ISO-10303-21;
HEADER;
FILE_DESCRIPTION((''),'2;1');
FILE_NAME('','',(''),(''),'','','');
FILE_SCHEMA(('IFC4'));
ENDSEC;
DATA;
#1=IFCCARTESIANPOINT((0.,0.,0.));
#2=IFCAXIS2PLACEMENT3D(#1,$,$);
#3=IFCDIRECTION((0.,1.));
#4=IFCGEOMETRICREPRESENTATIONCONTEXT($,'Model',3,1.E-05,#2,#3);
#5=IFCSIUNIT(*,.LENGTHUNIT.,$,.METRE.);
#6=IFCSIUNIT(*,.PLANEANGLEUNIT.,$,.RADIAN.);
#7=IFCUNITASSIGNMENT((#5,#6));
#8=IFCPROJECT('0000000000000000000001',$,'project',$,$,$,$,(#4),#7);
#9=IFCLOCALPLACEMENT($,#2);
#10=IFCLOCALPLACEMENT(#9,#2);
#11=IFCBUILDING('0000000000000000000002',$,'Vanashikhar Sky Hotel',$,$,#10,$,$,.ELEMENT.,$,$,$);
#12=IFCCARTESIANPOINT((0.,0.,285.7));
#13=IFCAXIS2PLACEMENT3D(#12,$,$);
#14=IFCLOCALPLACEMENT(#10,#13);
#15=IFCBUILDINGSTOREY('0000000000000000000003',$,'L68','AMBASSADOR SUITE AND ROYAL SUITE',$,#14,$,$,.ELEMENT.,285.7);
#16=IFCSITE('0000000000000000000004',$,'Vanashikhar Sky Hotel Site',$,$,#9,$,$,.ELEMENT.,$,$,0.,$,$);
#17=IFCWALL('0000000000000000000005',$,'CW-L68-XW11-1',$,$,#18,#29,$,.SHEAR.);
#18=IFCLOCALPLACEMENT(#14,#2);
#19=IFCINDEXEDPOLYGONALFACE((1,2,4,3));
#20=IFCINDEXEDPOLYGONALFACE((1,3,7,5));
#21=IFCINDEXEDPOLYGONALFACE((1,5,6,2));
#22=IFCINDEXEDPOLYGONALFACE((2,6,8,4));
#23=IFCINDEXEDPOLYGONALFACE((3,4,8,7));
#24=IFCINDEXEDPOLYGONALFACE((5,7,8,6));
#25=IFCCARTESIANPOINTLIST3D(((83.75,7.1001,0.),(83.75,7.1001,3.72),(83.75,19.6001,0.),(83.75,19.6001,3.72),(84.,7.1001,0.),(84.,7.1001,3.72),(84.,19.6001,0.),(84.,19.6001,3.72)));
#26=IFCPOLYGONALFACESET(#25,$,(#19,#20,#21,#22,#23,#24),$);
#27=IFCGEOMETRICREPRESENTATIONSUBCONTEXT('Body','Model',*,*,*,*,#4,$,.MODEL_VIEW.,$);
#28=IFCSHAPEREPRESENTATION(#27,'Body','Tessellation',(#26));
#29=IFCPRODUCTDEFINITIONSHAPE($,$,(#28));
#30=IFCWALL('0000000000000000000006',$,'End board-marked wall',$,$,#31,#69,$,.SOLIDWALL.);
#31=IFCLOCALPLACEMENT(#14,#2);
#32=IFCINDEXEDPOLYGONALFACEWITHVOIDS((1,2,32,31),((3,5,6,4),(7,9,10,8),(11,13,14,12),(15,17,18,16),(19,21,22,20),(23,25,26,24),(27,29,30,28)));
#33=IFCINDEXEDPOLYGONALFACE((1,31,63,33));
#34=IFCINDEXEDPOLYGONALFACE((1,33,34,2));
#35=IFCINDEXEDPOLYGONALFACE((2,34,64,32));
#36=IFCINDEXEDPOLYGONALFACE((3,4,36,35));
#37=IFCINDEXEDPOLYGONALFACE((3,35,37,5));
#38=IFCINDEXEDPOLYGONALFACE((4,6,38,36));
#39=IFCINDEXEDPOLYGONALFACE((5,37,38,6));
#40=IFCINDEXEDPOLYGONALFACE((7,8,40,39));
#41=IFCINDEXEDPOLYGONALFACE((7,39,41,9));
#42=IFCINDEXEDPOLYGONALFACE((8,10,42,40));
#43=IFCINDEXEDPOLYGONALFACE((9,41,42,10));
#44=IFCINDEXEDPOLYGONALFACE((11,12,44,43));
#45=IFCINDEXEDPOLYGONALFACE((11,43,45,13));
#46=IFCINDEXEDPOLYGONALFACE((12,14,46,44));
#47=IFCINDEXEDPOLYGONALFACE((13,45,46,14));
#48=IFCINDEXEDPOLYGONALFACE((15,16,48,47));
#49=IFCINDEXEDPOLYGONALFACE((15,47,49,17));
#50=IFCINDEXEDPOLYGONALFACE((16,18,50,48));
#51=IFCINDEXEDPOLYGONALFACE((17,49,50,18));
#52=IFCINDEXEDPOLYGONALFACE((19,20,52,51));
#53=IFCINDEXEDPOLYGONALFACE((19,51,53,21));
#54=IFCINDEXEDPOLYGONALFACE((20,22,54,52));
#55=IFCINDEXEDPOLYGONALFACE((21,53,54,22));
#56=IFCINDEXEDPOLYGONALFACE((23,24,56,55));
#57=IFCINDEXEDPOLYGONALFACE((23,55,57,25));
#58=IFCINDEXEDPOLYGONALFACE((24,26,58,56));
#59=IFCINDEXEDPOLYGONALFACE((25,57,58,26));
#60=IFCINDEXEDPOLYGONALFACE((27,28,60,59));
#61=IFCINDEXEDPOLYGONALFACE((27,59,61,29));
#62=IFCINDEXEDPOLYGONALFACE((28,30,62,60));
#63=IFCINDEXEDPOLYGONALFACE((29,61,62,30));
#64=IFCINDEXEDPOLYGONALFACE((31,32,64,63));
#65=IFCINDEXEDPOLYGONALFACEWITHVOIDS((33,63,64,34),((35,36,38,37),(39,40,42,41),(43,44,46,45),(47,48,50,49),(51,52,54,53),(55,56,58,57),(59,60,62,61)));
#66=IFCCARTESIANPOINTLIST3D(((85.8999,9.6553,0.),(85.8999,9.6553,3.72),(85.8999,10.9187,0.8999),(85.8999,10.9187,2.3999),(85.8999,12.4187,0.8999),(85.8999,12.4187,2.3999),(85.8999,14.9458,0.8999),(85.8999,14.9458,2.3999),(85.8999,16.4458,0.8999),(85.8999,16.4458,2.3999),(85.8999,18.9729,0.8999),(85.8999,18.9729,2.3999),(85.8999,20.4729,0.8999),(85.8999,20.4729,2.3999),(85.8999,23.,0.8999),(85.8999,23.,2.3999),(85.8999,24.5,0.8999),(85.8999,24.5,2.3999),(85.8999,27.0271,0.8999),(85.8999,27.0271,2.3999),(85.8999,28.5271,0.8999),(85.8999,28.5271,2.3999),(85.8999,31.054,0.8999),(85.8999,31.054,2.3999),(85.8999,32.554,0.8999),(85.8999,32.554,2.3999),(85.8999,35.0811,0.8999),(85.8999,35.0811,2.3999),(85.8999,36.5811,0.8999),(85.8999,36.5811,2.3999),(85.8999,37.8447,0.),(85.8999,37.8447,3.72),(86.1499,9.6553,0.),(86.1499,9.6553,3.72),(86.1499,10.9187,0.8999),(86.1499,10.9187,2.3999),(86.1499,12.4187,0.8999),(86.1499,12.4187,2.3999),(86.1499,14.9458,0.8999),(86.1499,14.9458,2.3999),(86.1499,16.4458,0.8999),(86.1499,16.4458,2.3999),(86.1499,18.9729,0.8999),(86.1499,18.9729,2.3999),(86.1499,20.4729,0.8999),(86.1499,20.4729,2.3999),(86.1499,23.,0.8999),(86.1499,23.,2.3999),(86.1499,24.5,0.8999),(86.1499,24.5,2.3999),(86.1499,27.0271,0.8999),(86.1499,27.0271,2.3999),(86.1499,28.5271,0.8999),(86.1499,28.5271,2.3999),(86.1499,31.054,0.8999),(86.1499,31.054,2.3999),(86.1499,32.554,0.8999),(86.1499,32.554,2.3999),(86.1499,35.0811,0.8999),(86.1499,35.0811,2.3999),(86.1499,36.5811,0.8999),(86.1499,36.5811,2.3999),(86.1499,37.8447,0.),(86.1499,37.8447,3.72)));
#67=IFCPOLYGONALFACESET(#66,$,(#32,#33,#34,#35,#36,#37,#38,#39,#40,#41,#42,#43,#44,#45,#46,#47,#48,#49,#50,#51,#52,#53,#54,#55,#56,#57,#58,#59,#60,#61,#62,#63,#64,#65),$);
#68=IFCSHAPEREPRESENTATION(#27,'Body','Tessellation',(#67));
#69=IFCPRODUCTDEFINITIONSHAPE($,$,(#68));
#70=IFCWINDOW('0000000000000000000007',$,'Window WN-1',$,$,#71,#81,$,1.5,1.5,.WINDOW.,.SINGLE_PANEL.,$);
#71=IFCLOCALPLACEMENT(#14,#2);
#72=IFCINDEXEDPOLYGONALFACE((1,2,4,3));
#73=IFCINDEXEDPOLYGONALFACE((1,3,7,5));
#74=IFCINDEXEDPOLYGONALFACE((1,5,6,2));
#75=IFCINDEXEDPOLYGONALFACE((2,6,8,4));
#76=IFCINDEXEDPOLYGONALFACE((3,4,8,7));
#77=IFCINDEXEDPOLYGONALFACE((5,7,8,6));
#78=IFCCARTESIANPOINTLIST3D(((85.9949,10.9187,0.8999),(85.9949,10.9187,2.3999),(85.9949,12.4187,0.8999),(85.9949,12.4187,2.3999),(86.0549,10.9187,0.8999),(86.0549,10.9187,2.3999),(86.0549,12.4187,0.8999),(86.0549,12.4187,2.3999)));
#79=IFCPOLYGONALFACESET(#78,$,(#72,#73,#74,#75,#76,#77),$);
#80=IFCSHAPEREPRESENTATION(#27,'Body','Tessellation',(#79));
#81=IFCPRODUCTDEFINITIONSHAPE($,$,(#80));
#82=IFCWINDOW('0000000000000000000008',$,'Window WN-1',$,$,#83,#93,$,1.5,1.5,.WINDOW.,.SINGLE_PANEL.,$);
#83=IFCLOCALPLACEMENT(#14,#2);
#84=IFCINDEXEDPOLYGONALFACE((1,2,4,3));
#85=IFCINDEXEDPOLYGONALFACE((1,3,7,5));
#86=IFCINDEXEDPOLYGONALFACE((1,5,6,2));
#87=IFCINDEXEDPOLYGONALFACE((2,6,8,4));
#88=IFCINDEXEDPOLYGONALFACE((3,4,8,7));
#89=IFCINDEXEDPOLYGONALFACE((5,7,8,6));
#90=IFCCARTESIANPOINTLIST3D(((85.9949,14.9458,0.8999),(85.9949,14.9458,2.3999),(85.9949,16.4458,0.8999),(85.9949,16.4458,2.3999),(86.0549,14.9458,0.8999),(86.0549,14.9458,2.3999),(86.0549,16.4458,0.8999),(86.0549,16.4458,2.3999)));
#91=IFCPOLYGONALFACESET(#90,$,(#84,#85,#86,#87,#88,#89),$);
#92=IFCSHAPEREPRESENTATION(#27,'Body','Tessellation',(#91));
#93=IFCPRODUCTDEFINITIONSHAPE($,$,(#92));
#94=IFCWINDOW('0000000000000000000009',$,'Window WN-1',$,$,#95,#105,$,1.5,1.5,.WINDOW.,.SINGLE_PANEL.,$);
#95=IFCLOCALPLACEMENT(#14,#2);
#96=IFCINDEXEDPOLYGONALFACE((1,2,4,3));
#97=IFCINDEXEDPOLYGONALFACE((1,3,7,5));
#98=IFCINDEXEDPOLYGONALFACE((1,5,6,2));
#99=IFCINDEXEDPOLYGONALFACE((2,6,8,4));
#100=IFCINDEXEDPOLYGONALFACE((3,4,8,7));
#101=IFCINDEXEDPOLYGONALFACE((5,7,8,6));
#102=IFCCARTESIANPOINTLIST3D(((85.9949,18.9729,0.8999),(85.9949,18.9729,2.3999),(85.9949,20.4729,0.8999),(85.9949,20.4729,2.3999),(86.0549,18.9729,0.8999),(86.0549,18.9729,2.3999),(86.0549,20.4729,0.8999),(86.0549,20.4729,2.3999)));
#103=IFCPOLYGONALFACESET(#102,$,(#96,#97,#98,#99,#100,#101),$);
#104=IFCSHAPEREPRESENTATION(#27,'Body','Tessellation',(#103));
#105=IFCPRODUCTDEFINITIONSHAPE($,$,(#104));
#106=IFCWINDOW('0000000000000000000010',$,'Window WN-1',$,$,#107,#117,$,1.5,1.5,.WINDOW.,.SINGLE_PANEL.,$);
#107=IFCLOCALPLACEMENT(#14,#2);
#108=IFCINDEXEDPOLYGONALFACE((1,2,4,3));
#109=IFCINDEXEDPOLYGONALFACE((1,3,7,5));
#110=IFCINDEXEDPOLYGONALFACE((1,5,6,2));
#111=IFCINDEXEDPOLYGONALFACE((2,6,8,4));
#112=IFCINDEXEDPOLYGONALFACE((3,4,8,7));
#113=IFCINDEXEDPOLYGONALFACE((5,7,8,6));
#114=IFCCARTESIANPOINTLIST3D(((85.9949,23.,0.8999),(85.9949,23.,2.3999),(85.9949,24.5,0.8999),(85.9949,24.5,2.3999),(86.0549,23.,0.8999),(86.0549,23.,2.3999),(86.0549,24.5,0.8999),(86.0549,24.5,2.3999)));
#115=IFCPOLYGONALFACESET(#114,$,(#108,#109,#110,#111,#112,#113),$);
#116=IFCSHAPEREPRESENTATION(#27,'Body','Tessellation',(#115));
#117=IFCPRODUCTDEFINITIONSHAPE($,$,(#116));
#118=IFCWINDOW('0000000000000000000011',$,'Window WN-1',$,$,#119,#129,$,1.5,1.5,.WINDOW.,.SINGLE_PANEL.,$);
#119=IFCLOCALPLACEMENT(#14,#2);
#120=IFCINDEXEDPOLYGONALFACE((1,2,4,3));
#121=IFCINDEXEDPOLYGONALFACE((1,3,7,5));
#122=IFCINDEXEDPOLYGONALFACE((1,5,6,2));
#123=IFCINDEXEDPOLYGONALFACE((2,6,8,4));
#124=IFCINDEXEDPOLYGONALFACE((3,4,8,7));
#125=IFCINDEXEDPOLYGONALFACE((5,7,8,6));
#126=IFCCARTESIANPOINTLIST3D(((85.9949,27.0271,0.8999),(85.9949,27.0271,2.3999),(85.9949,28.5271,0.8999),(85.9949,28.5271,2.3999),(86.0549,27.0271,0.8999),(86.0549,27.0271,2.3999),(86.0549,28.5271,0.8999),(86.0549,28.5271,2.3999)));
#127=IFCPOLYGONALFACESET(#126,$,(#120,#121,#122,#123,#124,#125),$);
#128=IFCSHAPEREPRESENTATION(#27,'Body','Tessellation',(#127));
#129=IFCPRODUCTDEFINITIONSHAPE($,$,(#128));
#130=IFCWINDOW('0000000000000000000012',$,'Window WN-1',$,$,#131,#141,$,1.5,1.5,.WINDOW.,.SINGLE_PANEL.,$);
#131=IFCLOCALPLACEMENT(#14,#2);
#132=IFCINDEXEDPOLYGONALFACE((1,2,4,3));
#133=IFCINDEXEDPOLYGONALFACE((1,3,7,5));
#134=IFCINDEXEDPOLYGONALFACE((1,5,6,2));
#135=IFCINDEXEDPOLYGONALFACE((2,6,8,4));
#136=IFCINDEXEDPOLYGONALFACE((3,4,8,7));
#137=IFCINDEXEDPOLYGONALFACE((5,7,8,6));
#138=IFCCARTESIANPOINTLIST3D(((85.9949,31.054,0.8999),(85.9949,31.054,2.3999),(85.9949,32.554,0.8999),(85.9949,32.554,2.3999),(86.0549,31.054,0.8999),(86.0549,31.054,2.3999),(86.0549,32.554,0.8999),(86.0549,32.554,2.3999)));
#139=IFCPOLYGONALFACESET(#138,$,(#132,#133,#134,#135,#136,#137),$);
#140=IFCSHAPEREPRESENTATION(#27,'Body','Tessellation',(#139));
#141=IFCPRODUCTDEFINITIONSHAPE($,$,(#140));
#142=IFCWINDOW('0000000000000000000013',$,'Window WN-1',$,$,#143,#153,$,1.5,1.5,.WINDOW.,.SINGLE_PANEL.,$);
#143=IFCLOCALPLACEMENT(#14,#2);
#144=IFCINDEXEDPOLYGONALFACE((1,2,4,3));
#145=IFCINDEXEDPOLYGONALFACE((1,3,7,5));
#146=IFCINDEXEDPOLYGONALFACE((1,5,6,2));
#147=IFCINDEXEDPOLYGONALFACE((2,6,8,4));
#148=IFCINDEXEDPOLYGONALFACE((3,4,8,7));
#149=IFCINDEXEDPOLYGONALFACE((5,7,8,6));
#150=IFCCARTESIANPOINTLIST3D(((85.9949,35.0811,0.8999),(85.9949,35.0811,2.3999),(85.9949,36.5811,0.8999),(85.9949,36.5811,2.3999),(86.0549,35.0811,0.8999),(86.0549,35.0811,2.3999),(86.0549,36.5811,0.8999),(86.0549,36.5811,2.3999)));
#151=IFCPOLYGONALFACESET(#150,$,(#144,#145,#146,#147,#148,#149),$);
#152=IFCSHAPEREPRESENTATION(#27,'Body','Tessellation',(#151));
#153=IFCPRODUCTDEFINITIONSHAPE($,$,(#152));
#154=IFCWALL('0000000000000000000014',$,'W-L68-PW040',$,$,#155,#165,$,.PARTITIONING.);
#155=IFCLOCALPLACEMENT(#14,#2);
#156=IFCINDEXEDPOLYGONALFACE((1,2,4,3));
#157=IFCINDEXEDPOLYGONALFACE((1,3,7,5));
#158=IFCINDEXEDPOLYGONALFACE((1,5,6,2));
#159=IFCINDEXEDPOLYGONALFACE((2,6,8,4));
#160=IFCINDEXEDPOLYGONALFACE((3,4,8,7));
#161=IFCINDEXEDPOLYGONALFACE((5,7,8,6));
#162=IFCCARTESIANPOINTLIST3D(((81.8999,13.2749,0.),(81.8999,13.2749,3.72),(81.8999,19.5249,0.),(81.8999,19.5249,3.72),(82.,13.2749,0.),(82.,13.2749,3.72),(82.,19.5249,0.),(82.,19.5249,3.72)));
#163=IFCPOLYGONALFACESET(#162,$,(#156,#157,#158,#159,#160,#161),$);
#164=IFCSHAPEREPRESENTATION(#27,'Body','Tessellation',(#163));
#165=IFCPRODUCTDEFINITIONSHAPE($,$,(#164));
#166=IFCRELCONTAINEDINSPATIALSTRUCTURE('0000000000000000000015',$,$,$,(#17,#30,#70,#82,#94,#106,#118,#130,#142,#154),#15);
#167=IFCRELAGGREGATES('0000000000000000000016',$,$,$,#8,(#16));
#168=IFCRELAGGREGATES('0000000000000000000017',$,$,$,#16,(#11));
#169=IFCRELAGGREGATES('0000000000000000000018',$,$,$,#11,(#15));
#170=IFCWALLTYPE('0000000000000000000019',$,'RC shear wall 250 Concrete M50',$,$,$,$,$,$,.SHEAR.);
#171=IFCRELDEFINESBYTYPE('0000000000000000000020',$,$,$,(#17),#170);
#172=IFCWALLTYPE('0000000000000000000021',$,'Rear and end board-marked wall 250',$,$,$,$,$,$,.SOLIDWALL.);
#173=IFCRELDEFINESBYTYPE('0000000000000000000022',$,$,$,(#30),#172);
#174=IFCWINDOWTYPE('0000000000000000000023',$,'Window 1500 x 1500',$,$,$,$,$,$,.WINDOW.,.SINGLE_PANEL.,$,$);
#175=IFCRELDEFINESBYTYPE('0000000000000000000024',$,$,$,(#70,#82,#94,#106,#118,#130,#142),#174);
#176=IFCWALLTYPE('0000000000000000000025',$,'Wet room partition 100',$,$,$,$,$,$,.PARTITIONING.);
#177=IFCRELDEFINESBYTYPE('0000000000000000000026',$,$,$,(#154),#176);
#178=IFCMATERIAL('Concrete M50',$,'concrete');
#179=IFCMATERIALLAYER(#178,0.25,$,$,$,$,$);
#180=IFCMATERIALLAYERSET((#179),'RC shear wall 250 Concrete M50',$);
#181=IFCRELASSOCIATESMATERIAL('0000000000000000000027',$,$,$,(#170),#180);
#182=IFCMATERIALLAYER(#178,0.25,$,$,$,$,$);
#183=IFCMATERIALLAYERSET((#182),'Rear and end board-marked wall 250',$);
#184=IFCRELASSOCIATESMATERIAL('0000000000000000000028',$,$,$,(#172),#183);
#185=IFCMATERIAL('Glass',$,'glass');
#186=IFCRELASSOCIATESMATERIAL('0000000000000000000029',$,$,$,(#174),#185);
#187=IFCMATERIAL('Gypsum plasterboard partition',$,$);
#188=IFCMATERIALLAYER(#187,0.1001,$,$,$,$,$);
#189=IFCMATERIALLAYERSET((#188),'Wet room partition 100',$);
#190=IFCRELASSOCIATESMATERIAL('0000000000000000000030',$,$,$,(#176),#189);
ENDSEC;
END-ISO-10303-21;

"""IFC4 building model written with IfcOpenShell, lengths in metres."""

from ifc_helpers import new_model, si_unit, direction, frame, frame_2d, origin, place, context, subcontext, project, spatial, rectangle, extrude, source, transform, mapped, material, layer, layer_set, type_object, element, fill, save


model = new_model("IFC4")

# Units and contexts
model_context = context("Model", 3, precision=1e-05, world=origin(), true_north=direction((0.0, 1.0)))
body_context = subcontext(model_context, "Body", "Model", "MODEL_VIEW")
ifc_project = project(units=[si_unit("LENGTHUNIT", "METRE"), si_unit("PLANEANGLEUNIT", "RADIAN")], contexts=[model_context])

# Site, building, storey
site_placement = place(None, origin())
site = spatial("IfcSite", under=ifc_project, at=site_placement, Name="Vanashikhar Sky Hotel Site", CompositionType="ELEMENT", RefElevation=0.0)
building_placement = place(site_placement, origin())
building = spatial("IfcBuilding", under=site, at=building_placement, Name="Vanashikhar Sky Hotel", CompositionType="ELEMENT")
storey_placement = place(building_placement, frame((0.0, 0.0, 285.7)))
storey = spatial("IfcBuildingStorey", under=building, at=storey_placement, Name="L68", Description="AMBASSADOR SUITE AND ROYAL SUITE", CompositionType="ELEMENT", Elevation=285.7)

# Wall
ifc_material_1 = material(Name="Concrete M50", Category="concrete")
ifc_layer_1 = layer(ifc_material_1, 0.25)
ifc_layer_set_1 = layer_set([ifc_layer_1], Name="RC shear wall 250 Concrete M50")
wall_type_1 = type_object("IfcWallType", Name="RC shear wall 250 Concrete M50", PredefinedType="SHEAR", material=ifc_layer_set_1)
shared_shape_1 = source(origin(), body_context, "Body", "SweptSolid", [
    extrude(rectangle(XDim=12.5, YDim=0.25, at=frame_2d((6.25, 0.0))), origin(), (0.0, 0.0, 1.0), 3.72),
])
wall_1_placement = place(storey_placement, frame((83.875, 7.1001, 0.0), z_axis=(0.0, 0.0, 1.0), x_axis=(0.0, 1.0, 0.0)))
element("IfcWall", 1, at=wall_1_placement, inside=storey, type_object=wall_type_1, Name="CW-L68-XW11-1", PredefinedType="SHEAR", context=body_context, shape_type="MappedRepresentation", body=[
    mapped(shared_shape_1, transform((0.0, 0.0, 0.0), scale=1.0)),
])

# Wall, openings, windows
ifc_layer_2 = layer(ifc_material_1, 0.25)
ifc_layer_set_2 = layer_set([ifc_layer_2], Name="Rear and end board-marked wall 250")
wall_type_2 = type_object("IfcWallType", Name="Rear and end board-marked wall 250", PredefinedType="SOLIDWALL", material=ifc_layer_set_2)
shared_shape_2 = source(origin(), body_context, "Body", "SweptSolid", [
    extrude(rectangle(XDim=28.1895, YDim=0.25, at=frame_2d((14.0947, 0.0))), origin(), (0.0, 0.0, 1.0), 3.72),
])
wall_2_placement = place(storey_placement, frame((86.0249, 9.6553, 0.0), z_axis=(0.0, 0.0, 1.0), x_axis=(0.0, 1.0, 0.0)))
wall_2 = element("IfcWall", 2, at=wall_2_placement, inside=storey, type_object=wall_type_2, Name="End board-marked wall", PredefinedType="SOLIDWALL", context=body_context, shape_type="MappedRepresentation", body=[
    mapped(shared_shape_2, transform((0.0, 0.0, 0.0), scale=1.0)),
])
shared_shape_3 = source(origin(), body_context, "Body", "SweptSolid", [
    extrude(rectangle(XDim=1.5, YDim=1.5, at=frame_2d((0.75, 0.75))), frame((0.0, 0.135, 0.0), z_axis=(0.0, -1.0, 0.0), x_axis=(1.0, 0.0, 0.0)), (0.0, 0.0, 1.0), 0.27),
])
opening_1_placement = place(wall_2_placement, frame((1.2634, 0.0, 0.8999)))
opening_1 = element("IfcOpeningElement", 3, at=opening_1_placement, cuts=wall_2, PredefinedType="OPENING", context=body_context, shape_type="MappedRepresentation", body=[
    mapped(shared_shape_3, transform((0.0, 0.0, 0.0), scale=1.0)),
])
opening_2_placement = place(wall_2_placement, frame((5.2905, 0.0, 0.8999)))
opening_2 = element("IfcOpeningElement", 4, at=opening_2_placement, cuts=wall_2, PredefinedType="OPENING", context=body_context, shape_type="MappedRepresentation", body=[
    mapped(shared_shape_3, transform((0.0, 0.0, 0.0), scale=1.0)),
])
opening_3_placement = place(wall_2_placement, frame((9.3176, 0.0, 0.8999)))
opening_3 = element("IfcOpeningElement", 5, at=opening_3_placement, cuts=wall_2, PredefinedType="OPENING", context=body_context, shape_type="MappedRepresentation", body=[
    mapped(shared_shape_3, transform((0.0, 0.0, 0.0), scale=1.0)),
])
opening_4_placement = place(wall_2_placement, frame((13.3447, 0.0, 0.8999)))
opening_4 = element("IfcOpeningElement", 6, at=opening_4_placement, cuts=wall_2, PredefinedType="OPENING", context=body_context, shape_type="MappedRepresentation", body=[
    mapped(shared_shape_3, transform((0.0, 0.0, 0.0), scale=1.0)),
])
opening_5_placement = place(wall_2_placement, frame((17.3718, 0.0, 0.8999)))
opening_5 = element("IfcOpeningElement", 7, at=opening_5_placement, cuts=wall_2, PredefinedType="OPENING", context=body_context, shape_type="MappedRepresentation", body=[
    mapped(shared_shape_3, transform((0.0, 0.0, 0.0), scale=1.0)),
])
opening_6_placement = place(wall_2_placement, frame((21.3987, 0.0, 0.8999)))
opening_6 = element("IfcOpeningElement", 8, at=opening_6_placement, cuts=wall_2, PredefinedType="OPENING", context=body_context, shape_type="MappedRepresentation", body=[
    mapped(shared_shape_3, transform((0.0, 0.0, 0.0), scale=1.0)),
])
opening_7_placement = place(wall_2_placement, frame((25.4258, 0.0, 0.8999)))
opening_7 = element("IfcOpeningElement", 9, at=opening_7_placement, cuts=wall_2, PredefinedType="OPENING", context=body_context, shape_type="MappedRepresentation", body=[
    mapped(shared_shape_3, transform((0.0, 0.0, 0.0), scale=1.0)),
])
ifc_material_2 = material(Name="Glass", Category="glass")
window_type = type_object("IfcWindowType", Name="Window 1500 x 1500", PartitioningType="SINGLE_PANEL", PredefinedType="WINDOW", material=ifc_material_2)
shared_shape_4 = source(origin(), body_context, "Body", "SweptSolid", [
    extrude(rectangle(XDim=1.5, YDim=1.5, at=frame_2d((0.75, 0.75))), frame((0.0, 0.03, 0.0), z_axis=(0.0, -1.0, 0.0), x_axis=(1.0, 0.0, 0.0)), (0.0, 0.0, 1.0), 0.0601),
])
window_1_placement = place(opening_1_placement, origin())
window_1 = element("IfcWindow", 10, at=window_1_placement, inside=storey, type_object=window_type, Name="Window WN-1", OverallHeight=1.5, OverallWidth=1.5, PartitioningType="SINGLE_PANEL", PredefinedType="WINDOW", context=body_context, shape_type="MappedRepresentation", body=[
    mapped(shared_shape_4, transform((0.0, 0.0, 0.0), scale=1.0)),
])
fill(opening_1, window_1)
window_2_placement = place(opening_2_placement, origin())
window_2 = element("IfcWindow", 11, at=window_2_placement, inside=storey, type_object=window_type, Name="Window WN-1", OverallHeight=1.5, OverallWidth=1.5, PartitioningType="SINGLE_PANEL", PredefinedType="WINDOW", context=body_context, shape_type="MappedRepresentation", body=[
    mapped(shared_shape_4, transform((0.0, 0.0, 0.0), scale=1.0)),
])
fill(opening_2, window_2)
window_3_placement = place(opening_3_placement, origin())
window_3 = element("IfcWindow", 12, at=window_3_placement, inside=storey, type_object=window_type, Name="Window WN-1", OverallHeight=1.5, OverallWidth=1.5, PartitioningType="SINGLE_PANEL", PredefinedType="WINDOW", context=body_context, shape_type="MappedRepresentation", body=[
    mapped(shared_shape_4, transform((0.0, 0.0, 0.0), scale=1.0)),
])
fill(opening_3, window_3)
window_4_placement = place(opening_4_placement, origin())
window_4 = element("IfcWindow", 13, at=window_4_placement, inside=storey, type_object=window_type, Name="Window WN-1", OverallHeight=1.5, OverallWidth=1.5, PartitioningType="SINGLE_PANEL", PredefinedType="WINDOW", context=body_context, shape_type="MappedRepresentation", body=[
    mapped(shared_shape_4, transform((0.0, 0.0, 0.0), scale=1.0)),
])
fill(opening_4, window_4)
window_5_placement = place(opening_5_placement, origin())
window_5 = element("IfcWindow", 14, at=window_5_placement, inside=storey, type_object=window_type, Name="Window WN-1", OverallHeight=1.5, OverallWidth=1.5, PartitioningType="SINGLE_PANEL", PredefinedType="WINDOW", context=body_context, shape_type="MappedRepresentation", body=[
    mapped(shared_shape_4, transform((0.0, 0.0, 0.0), scale=1.0)),
])
fill(opening_5, window_5)
window_6_placement = place(opening_6_placement, origin())
window_6 = element("IfcWindow", 15, at=window_6_placement, inside=storey, type_object=window_type, Name="Window WN-1", OverallHeight=1.5, OverallWidth=1.5, PartitioningType="SINGLE_PANEL", PredefinedType="WINDOW", context=body_context, shape_type="MappedRepresentation", body=[
    mapped(shared_shape_4, transform((0.0, 0.0, 0.0), scale=1.0)),
])
fill(opening_6, window_6)
window_7_placement = place(opening_7_placement, origin())
window_7 = element("IfcWindow", 16, at=window_7_placement, inside=storey, type_object=window_type, Name="Window WN-1", OverallHeight=1.5, OverallWidth=1.5, PartitioningType="SINGLE_PANEL", PredefinedType="WINDOW", context=body_context, shape_type="MappedRepresentation", body=[
    mapped(shared_shape_4, transform((0.0, 0.0, 0.0), scale=1.0)),
])
fill(opening_7, window_7)

# Wall
ifc_material_3 = material(Name="Gypsum plasterboard partition")
ifc_layer_3 = layer(ifc_material_3, 0.1001)
ifc_layer_set_3 = layer_set([ifc_layer_3], Name="Wet room partition 100")
wall_type_3 = type_object("IfcWallType", Name="Wet room partition 100", PredefinedType="PARTITIONING", material=ifc_layer_set_3)
shared_shape_5 = source(origin(), body_context, "Body", "SweptSolid", [
    extrude(rectangle(XDim=6.25, YDim=0.1001, at=frame_2d((3.125, 0.0))), origin(), (0.0, 0.0, 1.0), 3.72),
])
for number, where, z_axis, x_axis, name in (
    (17, (81.95, 13.2749, 0.0), (0.0, 0.0, 1.0), (0.0, 1.0, 0.0), "W-L68-PW040"),
):
    element("IfcWall", number, at=place(storey_placement, frame(where, z_axis=z_axis, x_axis=x_axis)), inside=storey, type_object=wall_type_3, Name=name, PredefinedType="PARTITIONING", context=body_context, shape_type="MappedRepresentation", body=[
        mapped(shared_shape_5, transform((0.0, 0.0, 0.0), scale=1.0)),
    ])

save(model, "model.ifc")
